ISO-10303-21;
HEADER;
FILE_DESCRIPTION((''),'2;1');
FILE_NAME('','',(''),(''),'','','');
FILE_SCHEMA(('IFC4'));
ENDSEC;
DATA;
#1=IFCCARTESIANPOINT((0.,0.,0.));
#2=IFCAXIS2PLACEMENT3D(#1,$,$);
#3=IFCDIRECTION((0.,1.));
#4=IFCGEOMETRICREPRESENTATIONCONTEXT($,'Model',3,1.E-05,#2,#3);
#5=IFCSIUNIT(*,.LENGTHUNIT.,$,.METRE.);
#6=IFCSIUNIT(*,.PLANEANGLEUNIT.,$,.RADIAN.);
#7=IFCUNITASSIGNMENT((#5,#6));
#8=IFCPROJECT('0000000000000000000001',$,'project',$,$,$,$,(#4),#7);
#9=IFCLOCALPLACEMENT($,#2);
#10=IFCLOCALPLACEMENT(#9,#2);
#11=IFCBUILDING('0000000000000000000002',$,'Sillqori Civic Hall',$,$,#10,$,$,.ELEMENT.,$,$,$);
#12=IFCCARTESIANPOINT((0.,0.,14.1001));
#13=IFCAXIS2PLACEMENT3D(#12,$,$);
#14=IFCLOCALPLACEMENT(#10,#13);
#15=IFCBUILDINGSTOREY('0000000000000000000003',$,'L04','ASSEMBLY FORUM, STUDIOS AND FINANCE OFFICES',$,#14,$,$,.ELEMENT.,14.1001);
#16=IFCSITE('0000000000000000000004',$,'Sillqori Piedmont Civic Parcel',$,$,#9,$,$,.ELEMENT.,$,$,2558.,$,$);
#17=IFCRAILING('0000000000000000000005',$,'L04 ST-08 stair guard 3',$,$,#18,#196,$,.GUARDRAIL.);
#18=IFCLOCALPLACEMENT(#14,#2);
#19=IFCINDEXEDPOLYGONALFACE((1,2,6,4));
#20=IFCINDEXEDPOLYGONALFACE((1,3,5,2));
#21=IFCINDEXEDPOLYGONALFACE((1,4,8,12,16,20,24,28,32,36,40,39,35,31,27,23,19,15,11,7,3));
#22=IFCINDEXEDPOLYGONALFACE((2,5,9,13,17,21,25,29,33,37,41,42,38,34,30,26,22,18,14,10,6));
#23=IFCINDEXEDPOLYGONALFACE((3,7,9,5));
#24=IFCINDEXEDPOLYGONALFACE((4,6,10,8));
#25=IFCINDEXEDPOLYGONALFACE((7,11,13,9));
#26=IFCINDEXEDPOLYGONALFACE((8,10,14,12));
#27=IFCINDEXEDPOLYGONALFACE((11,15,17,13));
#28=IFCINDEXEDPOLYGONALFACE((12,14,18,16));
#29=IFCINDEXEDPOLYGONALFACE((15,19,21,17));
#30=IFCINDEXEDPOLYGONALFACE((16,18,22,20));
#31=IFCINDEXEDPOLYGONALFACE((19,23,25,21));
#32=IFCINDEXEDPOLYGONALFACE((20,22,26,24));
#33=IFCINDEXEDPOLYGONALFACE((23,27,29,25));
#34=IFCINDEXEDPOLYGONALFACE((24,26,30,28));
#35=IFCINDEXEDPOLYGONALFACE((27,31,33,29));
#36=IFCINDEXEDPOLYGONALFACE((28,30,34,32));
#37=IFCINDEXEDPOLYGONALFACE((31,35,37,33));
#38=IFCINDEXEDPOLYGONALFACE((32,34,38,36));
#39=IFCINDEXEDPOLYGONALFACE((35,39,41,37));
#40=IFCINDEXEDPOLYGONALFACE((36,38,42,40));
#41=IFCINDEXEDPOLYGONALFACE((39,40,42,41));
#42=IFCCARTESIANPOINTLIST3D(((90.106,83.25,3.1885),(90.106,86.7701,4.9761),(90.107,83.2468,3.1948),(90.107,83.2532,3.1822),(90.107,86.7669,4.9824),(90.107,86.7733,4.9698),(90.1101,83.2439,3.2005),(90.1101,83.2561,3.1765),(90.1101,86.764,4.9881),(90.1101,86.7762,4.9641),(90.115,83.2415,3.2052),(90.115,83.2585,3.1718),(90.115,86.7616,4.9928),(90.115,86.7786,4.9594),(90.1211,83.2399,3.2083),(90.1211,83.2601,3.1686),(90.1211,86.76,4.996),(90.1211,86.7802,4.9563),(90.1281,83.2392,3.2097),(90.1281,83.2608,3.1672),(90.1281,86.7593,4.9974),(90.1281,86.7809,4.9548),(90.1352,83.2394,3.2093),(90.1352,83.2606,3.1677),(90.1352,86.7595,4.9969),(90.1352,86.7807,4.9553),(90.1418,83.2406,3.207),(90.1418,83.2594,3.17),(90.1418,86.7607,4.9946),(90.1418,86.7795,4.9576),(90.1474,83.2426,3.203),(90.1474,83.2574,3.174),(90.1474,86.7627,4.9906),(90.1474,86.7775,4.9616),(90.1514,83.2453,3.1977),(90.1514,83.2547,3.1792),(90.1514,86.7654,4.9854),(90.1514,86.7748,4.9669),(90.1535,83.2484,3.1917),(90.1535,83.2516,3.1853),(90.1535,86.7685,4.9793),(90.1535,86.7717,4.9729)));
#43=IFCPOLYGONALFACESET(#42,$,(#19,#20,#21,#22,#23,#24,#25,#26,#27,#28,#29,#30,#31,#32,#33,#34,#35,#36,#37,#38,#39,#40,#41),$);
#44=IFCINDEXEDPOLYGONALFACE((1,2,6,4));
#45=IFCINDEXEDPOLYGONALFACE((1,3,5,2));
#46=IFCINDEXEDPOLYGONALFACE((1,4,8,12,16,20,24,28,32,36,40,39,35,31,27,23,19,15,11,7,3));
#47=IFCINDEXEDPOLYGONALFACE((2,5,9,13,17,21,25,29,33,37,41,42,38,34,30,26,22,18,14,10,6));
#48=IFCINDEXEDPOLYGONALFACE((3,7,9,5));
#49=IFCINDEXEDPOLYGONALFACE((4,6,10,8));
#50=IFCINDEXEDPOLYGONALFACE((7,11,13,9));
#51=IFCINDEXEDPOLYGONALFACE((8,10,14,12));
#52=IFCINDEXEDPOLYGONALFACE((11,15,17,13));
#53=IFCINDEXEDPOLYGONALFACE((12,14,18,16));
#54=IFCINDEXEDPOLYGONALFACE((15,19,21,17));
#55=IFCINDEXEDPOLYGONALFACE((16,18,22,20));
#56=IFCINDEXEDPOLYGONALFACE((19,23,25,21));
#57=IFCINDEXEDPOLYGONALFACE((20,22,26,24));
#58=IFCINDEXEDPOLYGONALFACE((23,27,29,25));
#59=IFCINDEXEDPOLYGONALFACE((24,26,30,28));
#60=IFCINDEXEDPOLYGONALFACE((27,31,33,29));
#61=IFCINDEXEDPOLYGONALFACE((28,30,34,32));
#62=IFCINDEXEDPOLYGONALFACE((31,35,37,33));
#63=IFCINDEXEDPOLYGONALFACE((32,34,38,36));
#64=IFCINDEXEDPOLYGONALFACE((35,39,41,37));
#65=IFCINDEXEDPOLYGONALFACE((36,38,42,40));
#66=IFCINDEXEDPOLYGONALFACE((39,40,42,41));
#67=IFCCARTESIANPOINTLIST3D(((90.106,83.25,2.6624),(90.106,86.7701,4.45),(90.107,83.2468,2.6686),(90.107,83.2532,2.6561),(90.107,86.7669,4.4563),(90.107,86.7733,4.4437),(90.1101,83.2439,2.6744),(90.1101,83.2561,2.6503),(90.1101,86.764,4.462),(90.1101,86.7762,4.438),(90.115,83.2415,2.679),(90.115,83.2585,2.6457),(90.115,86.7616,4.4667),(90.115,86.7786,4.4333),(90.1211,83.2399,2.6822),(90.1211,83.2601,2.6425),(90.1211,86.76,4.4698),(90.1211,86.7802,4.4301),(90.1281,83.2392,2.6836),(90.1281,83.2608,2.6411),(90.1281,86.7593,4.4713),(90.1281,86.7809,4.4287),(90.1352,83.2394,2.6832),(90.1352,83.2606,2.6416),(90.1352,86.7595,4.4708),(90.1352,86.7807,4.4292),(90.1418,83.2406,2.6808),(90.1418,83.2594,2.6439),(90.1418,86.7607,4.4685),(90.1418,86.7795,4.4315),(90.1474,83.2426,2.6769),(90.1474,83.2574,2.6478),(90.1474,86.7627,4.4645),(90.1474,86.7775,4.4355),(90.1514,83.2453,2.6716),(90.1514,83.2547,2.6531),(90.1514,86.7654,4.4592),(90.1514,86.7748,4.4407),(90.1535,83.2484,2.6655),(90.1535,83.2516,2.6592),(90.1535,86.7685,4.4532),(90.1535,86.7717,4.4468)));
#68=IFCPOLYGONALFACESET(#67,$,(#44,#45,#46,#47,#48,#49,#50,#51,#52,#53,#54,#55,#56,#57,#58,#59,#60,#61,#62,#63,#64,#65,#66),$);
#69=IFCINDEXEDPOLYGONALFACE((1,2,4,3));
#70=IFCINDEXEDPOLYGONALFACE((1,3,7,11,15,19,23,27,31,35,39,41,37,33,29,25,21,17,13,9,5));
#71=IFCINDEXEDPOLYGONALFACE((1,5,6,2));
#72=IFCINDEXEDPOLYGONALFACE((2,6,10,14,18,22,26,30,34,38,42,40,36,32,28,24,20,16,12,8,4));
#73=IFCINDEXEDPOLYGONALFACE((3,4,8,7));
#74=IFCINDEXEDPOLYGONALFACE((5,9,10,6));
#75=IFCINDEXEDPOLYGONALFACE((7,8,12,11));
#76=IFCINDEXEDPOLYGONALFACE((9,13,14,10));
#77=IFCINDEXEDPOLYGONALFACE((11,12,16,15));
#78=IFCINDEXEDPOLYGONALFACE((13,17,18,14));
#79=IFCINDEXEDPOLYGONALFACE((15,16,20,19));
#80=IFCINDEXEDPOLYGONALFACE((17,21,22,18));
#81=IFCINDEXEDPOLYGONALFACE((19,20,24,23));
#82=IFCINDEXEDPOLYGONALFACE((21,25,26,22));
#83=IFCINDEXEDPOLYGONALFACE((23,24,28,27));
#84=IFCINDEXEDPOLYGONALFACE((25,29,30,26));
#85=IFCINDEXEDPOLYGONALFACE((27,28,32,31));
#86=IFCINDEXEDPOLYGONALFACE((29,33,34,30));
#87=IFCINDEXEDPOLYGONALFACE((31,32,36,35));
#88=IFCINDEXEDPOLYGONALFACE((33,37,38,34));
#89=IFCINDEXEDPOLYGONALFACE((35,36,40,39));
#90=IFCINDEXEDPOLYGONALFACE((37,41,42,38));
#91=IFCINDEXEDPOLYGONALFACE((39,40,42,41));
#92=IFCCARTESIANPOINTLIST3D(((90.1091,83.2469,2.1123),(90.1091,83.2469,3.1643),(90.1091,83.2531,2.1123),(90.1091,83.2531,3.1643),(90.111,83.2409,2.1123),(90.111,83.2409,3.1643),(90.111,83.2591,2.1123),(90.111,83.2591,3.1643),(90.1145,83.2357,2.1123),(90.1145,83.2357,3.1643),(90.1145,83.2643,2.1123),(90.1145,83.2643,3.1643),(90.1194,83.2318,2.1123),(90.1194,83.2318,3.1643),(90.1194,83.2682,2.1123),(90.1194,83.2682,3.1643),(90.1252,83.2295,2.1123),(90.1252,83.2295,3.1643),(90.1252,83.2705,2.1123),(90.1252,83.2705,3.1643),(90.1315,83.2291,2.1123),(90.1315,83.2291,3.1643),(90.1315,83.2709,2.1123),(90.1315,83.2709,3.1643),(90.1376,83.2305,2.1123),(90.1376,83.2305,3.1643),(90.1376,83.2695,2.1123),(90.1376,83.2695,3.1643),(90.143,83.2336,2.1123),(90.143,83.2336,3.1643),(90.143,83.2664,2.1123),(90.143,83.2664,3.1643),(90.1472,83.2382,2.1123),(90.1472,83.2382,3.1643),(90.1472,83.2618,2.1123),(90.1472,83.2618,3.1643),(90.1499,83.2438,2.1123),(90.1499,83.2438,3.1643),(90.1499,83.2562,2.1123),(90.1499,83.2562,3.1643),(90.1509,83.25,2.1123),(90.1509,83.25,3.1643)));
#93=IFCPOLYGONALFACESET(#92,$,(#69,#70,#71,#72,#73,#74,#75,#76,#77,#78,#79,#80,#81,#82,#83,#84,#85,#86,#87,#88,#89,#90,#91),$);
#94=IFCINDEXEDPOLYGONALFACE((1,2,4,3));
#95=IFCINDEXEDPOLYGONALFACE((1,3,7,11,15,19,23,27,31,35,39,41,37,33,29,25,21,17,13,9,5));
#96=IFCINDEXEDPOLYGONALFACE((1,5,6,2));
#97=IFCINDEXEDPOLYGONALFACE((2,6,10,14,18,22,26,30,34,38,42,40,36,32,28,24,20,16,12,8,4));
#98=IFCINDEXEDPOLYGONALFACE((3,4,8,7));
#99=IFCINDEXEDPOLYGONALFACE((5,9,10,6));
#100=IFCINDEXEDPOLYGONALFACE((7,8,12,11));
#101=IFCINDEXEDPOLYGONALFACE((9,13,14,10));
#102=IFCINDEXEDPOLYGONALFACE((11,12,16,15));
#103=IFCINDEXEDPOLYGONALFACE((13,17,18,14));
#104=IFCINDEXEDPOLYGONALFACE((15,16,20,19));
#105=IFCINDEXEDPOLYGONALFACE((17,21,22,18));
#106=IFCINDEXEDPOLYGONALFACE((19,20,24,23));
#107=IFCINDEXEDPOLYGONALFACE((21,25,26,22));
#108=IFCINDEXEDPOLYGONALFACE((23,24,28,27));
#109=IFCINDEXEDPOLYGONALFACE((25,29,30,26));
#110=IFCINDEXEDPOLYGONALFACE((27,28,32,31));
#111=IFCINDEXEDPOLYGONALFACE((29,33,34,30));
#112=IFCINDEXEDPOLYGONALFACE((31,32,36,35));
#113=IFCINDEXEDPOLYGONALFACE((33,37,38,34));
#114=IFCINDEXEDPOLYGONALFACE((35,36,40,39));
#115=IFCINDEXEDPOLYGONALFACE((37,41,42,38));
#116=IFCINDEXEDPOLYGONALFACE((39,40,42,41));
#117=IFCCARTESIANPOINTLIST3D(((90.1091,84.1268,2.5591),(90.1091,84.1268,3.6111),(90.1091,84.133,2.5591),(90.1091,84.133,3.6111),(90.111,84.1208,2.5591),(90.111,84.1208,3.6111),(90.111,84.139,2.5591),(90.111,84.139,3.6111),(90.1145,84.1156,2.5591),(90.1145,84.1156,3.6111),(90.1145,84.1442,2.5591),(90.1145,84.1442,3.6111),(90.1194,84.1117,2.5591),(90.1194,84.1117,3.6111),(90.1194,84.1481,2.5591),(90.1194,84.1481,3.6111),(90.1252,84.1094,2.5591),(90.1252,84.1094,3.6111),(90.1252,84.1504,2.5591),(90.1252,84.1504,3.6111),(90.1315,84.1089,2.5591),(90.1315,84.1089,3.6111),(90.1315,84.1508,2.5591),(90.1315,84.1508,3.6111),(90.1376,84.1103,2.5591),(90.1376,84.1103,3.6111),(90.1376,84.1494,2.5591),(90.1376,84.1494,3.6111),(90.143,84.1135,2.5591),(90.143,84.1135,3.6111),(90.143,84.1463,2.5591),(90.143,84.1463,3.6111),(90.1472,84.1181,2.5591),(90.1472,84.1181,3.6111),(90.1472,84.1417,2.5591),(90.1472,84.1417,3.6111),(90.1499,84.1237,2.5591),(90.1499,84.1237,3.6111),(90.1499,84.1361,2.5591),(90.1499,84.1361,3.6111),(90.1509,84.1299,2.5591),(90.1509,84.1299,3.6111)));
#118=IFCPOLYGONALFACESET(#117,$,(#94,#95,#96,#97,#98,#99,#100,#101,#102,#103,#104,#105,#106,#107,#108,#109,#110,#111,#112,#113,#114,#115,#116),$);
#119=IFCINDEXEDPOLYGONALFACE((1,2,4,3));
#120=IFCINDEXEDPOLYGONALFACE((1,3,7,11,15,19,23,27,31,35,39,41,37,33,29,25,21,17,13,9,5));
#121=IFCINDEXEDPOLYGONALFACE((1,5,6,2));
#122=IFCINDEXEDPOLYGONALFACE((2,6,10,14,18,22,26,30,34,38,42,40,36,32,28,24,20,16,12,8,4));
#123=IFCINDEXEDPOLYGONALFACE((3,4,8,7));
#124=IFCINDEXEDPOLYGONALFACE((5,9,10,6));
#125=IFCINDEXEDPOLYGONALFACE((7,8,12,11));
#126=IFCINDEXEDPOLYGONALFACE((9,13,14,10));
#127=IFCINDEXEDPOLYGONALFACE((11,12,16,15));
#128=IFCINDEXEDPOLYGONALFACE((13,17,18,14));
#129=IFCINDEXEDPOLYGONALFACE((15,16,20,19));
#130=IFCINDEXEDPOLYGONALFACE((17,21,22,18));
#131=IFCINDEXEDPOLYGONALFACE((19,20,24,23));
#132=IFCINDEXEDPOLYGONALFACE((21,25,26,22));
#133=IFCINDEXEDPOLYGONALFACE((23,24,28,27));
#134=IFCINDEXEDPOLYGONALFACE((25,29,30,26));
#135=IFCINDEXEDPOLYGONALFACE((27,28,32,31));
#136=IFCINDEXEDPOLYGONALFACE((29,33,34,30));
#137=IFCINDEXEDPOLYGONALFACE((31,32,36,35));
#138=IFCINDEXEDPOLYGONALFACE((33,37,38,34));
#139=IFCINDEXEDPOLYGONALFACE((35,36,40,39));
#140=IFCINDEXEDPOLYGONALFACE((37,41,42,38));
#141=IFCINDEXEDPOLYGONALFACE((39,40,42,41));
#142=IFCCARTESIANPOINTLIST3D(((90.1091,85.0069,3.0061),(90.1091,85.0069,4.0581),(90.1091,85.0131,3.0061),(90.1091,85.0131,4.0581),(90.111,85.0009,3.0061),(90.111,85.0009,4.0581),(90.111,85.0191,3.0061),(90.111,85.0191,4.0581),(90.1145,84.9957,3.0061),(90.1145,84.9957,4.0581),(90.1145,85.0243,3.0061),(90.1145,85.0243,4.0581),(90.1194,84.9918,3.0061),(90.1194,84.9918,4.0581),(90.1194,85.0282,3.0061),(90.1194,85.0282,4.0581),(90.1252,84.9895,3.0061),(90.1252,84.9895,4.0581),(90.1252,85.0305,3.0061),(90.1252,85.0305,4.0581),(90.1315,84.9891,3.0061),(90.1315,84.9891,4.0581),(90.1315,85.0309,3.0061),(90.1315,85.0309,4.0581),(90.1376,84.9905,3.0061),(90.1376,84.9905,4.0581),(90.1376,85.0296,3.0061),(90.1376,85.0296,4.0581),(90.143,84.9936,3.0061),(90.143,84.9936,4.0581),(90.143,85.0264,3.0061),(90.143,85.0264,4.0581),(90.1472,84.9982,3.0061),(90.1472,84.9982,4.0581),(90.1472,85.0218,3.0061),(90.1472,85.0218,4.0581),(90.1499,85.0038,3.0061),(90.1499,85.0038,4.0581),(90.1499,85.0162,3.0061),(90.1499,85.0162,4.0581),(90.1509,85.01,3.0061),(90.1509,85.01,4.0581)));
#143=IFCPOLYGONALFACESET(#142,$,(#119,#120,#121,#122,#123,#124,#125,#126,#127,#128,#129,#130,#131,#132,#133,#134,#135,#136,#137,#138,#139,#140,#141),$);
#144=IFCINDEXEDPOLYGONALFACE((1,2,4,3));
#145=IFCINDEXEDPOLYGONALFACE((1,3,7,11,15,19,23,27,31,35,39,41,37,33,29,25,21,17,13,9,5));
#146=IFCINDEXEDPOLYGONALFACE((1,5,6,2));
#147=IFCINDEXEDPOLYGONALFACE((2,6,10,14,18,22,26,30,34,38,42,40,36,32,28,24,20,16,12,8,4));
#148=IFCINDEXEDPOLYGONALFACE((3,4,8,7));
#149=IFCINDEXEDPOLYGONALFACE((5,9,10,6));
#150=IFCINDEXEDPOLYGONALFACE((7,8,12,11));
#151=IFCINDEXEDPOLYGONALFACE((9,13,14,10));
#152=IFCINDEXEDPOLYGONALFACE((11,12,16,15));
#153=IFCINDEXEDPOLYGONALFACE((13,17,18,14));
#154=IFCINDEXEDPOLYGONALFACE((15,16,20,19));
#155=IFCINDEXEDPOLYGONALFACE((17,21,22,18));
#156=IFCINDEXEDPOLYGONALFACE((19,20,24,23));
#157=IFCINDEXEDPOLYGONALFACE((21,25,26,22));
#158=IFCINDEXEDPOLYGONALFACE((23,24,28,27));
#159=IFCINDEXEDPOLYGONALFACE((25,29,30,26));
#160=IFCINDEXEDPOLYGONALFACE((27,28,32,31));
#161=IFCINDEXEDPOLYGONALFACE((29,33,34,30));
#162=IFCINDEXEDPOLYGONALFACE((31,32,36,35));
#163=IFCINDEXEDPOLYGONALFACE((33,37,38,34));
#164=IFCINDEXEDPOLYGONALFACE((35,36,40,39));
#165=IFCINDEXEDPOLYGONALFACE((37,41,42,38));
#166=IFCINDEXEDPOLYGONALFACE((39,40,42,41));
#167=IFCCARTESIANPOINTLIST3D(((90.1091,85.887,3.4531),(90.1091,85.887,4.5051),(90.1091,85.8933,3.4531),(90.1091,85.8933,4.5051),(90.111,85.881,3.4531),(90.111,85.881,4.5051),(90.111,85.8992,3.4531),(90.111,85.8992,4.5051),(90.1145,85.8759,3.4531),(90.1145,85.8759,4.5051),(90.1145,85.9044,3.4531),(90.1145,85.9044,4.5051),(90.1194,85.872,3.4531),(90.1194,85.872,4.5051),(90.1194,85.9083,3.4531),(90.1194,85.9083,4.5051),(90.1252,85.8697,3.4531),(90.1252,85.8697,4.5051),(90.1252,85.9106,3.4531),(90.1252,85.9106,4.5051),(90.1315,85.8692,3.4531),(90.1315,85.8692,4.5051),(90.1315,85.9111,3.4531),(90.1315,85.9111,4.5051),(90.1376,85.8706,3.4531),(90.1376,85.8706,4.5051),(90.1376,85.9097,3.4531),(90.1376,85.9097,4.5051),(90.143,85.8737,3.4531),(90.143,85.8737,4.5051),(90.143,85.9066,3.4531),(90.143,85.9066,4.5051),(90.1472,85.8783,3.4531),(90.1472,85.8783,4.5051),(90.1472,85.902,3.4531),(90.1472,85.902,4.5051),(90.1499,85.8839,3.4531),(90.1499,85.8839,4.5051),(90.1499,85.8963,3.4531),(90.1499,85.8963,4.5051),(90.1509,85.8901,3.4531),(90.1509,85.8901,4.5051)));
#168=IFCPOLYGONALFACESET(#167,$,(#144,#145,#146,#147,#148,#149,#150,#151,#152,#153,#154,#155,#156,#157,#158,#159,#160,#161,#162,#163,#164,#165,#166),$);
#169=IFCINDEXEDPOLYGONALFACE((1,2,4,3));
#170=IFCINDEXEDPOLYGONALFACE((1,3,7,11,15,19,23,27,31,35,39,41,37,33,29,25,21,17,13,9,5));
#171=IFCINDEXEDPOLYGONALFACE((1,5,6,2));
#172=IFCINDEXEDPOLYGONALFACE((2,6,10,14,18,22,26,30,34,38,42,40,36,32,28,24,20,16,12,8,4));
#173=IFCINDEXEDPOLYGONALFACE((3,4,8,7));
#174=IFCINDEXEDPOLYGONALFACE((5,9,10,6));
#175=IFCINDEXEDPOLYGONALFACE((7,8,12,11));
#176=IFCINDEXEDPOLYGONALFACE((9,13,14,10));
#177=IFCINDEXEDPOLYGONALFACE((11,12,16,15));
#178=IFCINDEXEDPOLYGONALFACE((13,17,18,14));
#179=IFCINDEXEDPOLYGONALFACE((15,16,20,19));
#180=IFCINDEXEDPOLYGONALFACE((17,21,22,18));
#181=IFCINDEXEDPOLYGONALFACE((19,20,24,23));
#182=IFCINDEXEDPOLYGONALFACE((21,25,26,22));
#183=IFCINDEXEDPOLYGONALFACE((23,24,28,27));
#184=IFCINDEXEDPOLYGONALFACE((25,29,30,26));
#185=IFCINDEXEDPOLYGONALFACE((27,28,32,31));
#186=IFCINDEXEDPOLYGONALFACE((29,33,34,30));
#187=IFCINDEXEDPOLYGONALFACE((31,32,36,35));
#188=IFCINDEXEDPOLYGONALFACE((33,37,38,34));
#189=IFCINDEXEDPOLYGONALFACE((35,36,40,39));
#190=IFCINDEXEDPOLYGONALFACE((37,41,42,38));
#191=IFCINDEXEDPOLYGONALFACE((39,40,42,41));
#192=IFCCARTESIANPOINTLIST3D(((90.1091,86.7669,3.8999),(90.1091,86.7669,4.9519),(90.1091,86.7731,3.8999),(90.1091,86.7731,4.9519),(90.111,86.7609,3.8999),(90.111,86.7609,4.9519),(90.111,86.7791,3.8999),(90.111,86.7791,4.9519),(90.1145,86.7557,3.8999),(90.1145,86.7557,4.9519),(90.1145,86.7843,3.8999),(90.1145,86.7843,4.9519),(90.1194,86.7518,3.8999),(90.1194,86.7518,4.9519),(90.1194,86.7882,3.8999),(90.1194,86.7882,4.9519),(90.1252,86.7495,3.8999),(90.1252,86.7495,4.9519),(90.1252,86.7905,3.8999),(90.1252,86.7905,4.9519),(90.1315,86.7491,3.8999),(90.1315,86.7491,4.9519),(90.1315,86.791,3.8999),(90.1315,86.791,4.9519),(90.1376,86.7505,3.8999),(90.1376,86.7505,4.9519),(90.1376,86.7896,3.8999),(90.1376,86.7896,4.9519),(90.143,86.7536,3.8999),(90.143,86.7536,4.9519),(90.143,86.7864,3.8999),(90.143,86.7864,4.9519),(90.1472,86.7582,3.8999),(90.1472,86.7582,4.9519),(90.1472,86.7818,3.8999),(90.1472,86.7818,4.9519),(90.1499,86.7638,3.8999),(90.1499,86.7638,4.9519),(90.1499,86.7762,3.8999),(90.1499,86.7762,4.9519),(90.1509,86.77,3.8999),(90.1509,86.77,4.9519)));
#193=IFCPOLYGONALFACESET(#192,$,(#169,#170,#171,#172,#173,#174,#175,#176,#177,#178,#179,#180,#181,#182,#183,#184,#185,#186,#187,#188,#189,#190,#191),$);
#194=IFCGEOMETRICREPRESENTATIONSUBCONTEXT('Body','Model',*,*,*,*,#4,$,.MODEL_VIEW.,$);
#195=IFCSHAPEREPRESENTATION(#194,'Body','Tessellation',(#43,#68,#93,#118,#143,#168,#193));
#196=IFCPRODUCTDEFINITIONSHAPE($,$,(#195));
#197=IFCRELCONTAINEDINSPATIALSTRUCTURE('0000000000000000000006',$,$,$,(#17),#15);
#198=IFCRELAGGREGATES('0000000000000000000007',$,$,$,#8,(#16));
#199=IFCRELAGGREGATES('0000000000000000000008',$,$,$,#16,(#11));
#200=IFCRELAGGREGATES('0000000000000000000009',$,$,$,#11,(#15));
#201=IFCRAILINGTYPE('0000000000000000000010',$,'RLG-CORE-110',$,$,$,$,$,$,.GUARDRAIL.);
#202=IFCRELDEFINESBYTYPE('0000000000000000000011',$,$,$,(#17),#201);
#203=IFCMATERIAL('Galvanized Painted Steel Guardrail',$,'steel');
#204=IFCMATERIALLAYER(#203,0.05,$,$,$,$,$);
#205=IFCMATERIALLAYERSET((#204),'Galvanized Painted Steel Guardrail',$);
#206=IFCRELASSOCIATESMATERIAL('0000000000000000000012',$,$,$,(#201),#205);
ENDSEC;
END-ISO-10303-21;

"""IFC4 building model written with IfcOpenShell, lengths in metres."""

from ifc_helpers import new_model, si_unit, direction, frame, origin, origin_2d, place, context, subcontext, project, spatial, circle, extrude, material, layer, layer_set, type_object, element, save


model = new_model("IFC4")

# Units and contexts
model_context = context("Model", 3, precision=1e-05, world=origin(), true_north=direction((0.0, 1.0)))
body_context = subcontext(model_context, "Body", "Model", "MODEL_VIEW")
ifc_project = project(units=[si_unit("LENGTHUNIT", "METRE"), si_unit("PLANEANGLEUNIT", "RADIAN")], contexts=[model_context])

# Site, building, storey
site_placement = place(None, origin())
site = spatial("IfcSite", under=ifc_project, at=site_placement, Name="Sillqori Piedmont Civic Parcel", CompositionType="ELEMENT", RefElevation=2558.0)
building_placement = place(site_placement, origin())
building = spatial("IfcBuilding", under=site, at=building_placement, Name="Sillqori Civic Hall", CompositionType="ELEMENT")
storey_placement = place(building_placement, frame((0.0, 0.0, 14.1001)))
storey = spatial("IfcBuildingStorey", under=building, at=storey_placement, Name="L04", Description="ASSEMBLY FORUM, STUDIOS AND FINANCE OFFICES", CompositionType="ELEMENT", Elevation=14.1001)

# Railing
ifc_material_1 = material(Name="Galvanized Painted Steel Guardrail", Category="steel")
ifc_layer_1 = layer(ifc_material_1, 0.05)
ifc_layer_set_1 = layer_set([ifc_layer_1], Name="Galvanized Painted Steel Guardrail")
railing_type_1 = type_object("IfcRailingType", Name="RLG-CORE-110", PredefinedType="GUARDRAIL", material=ifc_layer_set_1)
railing_1_placement = place(storey_placement, frame((90.1299, 83.25, 2.1123)))
element("IfcRailing", 1, at=railing_1_placement, inside=storey, type_object=railing_type_1, Name="L04 ST-08 stair guard 3", PredefinedType="GUARDRAIL", context=body_context, shape_type="SweptSolid", body=[
    extrude(circle(Radius=0.0239, at=origin_2d()), frame((0.0, 0.0, 1.0762), z_axis=(0.0, 0.891615, 0.452795), x_axis=(-1.0, 0.0, 0.0)), (0.0, 0.0, 1.0), 3.948),
    extrude(circle(Radius=0.0239, at=origin_2d()), frame((0.0, 0.0, 0.55), z_axis=(0.0, 0.891615, 0.452795), x_axis=(-1.0, 0.0, 0.0)), (0.0, 0.0, 1.0), 3.948),
    extrude(circle(Radius=0.021, at=origin_2d()), origin(), (0.0, 0.0, 1.0), 1.052),
    extrude(circle(Radius=0.021, at=origin_2d()), frame((0.0, 0.8799, 0.4468)), (0.0, 0.0, 1.0), 1.052),
    extrude(circle(Radius=0.021, at=origin_2d()), frame((0.0, 1.76, 0.8938)), (0.0, 0.0, 1.0), 1.052),
    extrude(circle(Radius=0.021, at=origin_2d()), frame((0.0, 2.6401, 1.3408)), (0.0, 0.0, 1.0), 1.052),
    extrude(circle(Radius=0.021, at=origin_2d()), frame((0.0, 3.52, 1.7876)), (0.0, 0.0, 1.0), 1.052),
])

save(model, "model.ifc")
